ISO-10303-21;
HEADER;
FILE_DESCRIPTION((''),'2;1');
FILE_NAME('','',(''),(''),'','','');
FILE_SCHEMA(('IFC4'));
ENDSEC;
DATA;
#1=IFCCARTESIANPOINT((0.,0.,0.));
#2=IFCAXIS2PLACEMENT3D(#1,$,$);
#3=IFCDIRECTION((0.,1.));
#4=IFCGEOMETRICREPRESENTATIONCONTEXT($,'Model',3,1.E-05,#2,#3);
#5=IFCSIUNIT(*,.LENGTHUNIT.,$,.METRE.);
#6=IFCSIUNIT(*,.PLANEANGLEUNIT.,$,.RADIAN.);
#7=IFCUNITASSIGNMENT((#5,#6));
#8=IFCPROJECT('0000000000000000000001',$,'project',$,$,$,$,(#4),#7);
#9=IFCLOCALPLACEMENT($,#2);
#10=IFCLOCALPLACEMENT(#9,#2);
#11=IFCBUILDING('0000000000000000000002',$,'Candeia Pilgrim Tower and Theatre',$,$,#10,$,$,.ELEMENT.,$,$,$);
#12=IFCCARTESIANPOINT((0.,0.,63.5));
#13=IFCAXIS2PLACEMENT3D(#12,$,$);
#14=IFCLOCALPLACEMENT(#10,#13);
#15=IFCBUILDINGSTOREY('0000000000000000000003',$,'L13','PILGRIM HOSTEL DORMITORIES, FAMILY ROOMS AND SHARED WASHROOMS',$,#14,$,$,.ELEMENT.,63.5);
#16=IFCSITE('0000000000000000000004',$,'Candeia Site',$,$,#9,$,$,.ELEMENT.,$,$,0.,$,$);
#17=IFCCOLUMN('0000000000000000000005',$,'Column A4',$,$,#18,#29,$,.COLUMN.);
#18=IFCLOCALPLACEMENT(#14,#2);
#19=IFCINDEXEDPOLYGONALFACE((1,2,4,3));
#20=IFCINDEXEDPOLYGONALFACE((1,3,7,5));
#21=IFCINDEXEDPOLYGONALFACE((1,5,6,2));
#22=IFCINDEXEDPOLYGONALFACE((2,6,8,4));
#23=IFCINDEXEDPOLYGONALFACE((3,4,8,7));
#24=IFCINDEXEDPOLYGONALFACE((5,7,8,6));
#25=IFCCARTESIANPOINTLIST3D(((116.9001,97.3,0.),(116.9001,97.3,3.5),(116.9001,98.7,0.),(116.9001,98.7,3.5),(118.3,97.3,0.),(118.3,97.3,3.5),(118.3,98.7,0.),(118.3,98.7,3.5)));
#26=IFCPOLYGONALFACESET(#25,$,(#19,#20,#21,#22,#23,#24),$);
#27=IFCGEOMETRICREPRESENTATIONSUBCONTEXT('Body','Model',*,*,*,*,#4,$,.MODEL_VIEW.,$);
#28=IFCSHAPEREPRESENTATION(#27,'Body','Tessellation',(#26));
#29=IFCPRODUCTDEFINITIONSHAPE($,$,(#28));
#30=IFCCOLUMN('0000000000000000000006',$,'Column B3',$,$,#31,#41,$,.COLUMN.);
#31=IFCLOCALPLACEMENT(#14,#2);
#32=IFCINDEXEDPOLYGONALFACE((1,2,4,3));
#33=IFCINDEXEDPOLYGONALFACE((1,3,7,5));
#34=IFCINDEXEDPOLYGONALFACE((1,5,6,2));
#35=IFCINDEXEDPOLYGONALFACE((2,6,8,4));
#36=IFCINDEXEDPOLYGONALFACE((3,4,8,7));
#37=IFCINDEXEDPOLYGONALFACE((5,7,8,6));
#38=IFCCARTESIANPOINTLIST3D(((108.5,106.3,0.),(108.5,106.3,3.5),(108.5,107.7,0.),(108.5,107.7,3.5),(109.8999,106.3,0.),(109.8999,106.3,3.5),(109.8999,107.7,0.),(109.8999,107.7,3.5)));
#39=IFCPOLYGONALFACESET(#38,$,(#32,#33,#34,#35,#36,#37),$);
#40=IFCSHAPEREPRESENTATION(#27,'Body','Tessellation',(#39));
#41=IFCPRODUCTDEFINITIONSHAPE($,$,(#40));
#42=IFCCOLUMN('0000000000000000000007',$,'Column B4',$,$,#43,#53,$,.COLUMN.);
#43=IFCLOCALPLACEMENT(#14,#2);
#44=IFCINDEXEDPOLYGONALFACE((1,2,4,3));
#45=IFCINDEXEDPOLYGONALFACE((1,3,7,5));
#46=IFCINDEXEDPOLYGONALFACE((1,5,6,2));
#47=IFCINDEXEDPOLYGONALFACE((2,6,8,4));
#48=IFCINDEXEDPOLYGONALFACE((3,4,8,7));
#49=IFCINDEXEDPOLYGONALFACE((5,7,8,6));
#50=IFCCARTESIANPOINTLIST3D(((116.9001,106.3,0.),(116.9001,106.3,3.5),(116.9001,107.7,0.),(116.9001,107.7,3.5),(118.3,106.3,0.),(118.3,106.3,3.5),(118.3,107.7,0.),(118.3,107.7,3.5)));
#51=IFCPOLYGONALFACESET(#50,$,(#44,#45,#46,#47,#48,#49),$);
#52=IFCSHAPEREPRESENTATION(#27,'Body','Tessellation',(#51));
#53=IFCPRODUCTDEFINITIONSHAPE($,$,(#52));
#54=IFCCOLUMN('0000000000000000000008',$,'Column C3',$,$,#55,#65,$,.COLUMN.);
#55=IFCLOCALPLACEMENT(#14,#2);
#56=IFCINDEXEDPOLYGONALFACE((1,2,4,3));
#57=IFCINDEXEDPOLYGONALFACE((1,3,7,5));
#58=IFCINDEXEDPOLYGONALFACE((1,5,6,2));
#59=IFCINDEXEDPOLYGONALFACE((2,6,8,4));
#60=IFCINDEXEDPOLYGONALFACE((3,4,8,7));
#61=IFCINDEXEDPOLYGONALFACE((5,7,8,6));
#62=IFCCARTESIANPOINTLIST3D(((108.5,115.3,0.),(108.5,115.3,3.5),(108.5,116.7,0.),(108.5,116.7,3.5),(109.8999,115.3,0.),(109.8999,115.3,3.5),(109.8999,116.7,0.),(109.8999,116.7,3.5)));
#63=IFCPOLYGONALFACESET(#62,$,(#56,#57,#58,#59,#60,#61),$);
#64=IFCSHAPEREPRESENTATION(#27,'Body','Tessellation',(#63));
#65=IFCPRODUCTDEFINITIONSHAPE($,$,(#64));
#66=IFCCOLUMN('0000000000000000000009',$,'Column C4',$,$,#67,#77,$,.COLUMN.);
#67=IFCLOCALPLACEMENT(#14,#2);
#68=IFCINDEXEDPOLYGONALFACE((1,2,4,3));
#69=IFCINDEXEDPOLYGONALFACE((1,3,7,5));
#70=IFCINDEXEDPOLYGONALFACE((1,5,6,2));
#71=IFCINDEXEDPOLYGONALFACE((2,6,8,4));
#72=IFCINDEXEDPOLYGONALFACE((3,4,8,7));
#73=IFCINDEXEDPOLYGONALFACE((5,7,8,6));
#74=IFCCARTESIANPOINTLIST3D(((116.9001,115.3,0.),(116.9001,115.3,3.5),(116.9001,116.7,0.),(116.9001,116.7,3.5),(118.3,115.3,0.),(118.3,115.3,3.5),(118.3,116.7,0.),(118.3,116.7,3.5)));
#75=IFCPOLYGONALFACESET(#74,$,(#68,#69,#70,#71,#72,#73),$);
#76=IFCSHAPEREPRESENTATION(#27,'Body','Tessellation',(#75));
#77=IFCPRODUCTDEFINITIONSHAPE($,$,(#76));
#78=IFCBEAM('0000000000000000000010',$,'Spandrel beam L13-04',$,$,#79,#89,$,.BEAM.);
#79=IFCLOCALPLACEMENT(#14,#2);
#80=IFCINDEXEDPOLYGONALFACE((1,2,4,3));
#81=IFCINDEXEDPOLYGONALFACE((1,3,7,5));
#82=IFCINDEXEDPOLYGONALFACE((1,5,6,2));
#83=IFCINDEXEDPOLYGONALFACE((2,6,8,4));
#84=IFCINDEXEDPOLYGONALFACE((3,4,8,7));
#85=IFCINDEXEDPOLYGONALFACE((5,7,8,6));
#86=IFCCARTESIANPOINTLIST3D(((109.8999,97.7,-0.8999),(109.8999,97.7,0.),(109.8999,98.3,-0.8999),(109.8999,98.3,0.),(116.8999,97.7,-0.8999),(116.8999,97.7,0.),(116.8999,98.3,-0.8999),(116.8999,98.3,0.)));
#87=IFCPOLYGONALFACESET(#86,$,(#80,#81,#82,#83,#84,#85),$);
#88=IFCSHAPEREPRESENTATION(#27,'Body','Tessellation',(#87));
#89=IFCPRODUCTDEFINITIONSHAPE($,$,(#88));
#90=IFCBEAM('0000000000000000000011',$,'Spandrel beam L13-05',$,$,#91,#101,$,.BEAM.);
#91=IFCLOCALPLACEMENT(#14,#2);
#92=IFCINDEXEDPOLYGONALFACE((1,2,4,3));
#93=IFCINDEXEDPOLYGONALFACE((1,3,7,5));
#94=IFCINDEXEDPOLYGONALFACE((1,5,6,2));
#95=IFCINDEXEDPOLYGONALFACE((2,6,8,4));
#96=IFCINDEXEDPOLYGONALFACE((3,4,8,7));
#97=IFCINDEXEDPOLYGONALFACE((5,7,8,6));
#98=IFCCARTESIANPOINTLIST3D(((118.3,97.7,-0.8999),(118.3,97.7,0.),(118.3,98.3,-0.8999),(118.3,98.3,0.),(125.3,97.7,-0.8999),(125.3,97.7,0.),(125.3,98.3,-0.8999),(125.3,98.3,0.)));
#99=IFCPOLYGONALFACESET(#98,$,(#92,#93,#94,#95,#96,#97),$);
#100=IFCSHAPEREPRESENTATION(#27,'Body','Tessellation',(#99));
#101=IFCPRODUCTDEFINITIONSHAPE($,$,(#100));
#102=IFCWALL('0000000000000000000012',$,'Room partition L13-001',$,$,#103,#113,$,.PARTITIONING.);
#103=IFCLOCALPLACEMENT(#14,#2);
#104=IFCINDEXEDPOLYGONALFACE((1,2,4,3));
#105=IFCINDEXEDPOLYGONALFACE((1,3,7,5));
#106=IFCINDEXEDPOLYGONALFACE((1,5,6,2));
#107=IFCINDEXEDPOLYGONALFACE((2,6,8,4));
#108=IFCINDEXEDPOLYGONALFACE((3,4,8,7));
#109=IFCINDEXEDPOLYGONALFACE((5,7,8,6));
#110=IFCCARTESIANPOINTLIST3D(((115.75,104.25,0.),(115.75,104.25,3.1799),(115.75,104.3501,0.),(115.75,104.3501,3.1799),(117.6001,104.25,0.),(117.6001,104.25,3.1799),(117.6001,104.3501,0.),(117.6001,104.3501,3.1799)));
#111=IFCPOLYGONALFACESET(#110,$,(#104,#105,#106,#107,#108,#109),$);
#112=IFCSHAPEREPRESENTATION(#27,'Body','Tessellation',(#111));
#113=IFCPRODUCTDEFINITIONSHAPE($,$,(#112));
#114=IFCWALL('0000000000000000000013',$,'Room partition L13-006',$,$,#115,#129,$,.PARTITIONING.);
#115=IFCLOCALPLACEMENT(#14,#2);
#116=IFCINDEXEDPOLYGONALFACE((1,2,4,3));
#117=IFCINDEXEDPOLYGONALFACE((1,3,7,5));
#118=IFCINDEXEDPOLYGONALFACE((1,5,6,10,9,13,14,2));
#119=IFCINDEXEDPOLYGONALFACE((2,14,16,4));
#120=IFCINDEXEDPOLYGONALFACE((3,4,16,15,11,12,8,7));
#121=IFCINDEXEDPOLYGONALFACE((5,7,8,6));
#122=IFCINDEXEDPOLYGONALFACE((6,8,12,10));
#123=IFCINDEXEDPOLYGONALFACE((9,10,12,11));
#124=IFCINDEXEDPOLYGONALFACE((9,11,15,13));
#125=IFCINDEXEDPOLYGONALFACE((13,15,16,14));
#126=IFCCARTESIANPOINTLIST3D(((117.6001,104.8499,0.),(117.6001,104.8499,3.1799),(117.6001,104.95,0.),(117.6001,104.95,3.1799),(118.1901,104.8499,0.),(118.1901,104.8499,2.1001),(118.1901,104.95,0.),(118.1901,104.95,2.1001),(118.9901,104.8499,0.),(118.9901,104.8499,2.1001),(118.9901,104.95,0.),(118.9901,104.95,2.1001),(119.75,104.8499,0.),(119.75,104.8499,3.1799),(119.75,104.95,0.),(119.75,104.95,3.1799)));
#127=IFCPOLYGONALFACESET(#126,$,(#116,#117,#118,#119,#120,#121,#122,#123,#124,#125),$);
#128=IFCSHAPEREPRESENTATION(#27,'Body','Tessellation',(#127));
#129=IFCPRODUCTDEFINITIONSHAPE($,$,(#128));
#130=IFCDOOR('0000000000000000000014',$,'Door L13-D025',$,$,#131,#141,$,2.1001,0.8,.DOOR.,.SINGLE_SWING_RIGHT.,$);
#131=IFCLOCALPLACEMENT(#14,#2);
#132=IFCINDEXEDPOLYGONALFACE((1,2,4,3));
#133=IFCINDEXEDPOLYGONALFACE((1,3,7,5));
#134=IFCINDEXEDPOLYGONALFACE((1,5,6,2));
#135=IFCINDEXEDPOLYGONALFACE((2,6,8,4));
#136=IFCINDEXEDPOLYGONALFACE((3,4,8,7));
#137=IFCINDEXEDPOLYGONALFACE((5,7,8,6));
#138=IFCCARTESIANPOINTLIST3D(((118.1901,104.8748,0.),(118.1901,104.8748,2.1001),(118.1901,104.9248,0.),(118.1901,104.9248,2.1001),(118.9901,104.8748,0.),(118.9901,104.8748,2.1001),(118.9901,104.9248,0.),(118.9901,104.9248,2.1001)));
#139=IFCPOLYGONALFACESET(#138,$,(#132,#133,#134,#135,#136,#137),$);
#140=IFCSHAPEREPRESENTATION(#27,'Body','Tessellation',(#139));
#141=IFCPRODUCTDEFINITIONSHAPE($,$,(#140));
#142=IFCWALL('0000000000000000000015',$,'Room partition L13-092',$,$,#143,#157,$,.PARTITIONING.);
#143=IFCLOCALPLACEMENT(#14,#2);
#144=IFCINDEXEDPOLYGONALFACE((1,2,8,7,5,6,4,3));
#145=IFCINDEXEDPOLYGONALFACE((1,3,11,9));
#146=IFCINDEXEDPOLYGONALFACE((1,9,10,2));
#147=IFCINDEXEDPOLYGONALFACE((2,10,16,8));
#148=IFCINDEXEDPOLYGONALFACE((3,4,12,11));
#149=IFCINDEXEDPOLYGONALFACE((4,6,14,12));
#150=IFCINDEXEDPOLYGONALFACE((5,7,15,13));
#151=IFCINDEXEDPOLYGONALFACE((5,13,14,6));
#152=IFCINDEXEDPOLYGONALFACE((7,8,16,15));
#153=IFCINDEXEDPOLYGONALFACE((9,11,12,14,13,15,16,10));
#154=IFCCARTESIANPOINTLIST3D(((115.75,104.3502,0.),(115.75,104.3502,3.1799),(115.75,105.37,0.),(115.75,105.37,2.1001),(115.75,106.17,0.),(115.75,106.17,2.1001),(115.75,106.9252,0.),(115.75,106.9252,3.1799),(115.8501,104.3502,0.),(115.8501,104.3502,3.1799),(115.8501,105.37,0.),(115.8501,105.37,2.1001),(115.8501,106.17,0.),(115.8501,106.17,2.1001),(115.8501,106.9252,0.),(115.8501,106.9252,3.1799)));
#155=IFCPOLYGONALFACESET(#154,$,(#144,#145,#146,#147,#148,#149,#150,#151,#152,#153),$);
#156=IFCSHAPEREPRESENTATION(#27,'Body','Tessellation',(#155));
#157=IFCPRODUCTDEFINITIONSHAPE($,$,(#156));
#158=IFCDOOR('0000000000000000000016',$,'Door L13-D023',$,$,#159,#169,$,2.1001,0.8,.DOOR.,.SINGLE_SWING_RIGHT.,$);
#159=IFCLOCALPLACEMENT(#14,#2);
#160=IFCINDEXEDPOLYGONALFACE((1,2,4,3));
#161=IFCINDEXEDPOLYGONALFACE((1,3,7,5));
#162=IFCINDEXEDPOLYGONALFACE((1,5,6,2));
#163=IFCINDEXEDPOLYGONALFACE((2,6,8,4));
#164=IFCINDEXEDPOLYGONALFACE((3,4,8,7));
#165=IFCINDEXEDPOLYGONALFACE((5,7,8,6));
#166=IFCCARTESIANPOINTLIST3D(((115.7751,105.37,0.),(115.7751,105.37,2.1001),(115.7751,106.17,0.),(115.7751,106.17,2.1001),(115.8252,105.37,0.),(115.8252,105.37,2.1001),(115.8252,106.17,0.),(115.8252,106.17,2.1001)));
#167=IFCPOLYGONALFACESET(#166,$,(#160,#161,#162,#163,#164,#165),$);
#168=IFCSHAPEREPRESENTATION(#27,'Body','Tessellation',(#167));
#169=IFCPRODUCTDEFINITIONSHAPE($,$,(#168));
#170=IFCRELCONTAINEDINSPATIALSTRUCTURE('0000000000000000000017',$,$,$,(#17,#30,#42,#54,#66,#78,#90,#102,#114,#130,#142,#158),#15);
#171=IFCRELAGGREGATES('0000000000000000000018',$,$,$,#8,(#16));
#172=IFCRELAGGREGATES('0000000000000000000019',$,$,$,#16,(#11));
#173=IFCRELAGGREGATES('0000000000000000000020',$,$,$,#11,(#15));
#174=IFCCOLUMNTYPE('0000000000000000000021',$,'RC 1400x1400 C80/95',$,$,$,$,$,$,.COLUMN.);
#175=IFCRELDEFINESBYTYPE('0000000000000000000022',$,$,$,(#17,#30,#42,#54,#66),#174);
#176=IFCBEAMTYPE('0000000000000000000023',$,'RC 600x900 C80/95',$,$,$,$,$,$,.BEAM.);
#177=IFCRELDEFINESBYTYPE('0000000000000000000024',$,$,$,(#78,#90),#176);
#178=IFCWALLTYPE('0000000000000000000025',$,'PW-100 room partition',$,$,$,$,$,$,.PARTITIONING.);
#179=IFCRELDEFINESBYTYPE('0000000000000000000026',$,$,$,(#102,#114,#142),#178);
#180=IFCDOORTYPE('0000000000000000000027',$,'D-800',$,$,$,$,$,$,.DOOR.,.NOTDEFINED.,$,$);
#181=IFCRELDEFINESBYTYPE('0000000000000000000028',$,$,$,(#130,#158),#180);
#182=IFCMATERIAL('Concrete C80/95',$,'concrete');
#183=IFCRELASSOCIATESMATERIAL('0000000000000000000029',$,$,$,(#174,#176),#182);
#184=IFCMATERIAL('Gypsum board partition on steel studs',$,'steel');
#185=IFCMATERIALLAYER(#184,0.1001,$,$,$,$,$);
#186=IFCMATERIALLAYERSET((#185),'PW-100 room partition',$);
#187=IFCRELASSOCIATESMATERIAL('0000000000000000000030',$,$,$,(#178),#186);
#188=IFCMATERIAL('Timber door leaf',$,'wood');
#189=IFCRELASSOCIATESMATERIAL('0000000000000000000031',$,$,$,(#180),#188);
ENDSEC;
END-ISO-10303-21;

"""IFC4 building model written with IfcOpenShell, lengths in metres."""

from ifc_helpers import new_model, si_unit, direction, frame, frame_2d, origin, origin_2d, place, context, subcontext, project, spatial, rectangle, extrude, material, layer, layer_set, material_profile, profile_set, type_object, element, fill, save


model = new_model("IFC4")

# Units and contexts
model_context = context("Model", 3, precision=1e-05, world=origin(), true_north=direction((0.0, 1.0)))
body_context = subcontext(model_context, "Body", "Model", "MODEL_VIEW")
ifc_project = project(units=[si_unit("LENGTHUNIT", "METRE"), si_unit("PLANEANGLEUNIT", "RADIAN")], contexts=[model_context])

# Site, building, storey
site_placement = place(None, origin())
site = spatial("IfcSite", under=ifc_project, at=site_placement, Name="Candeia Site", CompositionType="ELEMENT", RefElevation=0.0)
building_placement = place(site_placement, origin())
building = spatial("IfcBuilding", under=site, at=building_placement, Name="Candeia Pilgrim Tower and Theatre", CompositionType="ELEMENT")
storey_placement = place(building_placement, frame((0.0, 0.0, 63.5)))
storey = spatial("IfcBuildingStorey", under=building, at=storey_placement, Name="L13", Description="PILGRIM HOSTEL DORMITORIES, FAMILY ROOMS AND SHARED WASHROOMS", CompositionType="ELEMENT", Elevation=63.5)

# Columns
ifc_material_1 = material(Name="Concrete C80/95", Category="concrete")
ifc_material_profile_1 = material_profile(ifc_material_1, rectangle(XDim=1.3999, YDim=1.3999, at=origin_2d()))
ifc_profile_set_1 = profile_set([ifc_material_profile_1], Name="Concrete C80/95")
column_type = type_object("IfcColumnType", Name="RC 1400x1400 C80/95", PredefinedType="COLUMN", material=ifc_profile_set_1)
for number, where, z_axis, x_axis, name in (
    (1, (117.6001, 98.0, 0.0), (0.0, 0.0, 1.0), (1.0, 0.0, 0.0), "Column A4"),
    (2, (109.2, 107.0, 0.0), (0.0, 0.0, 1.0), (1.0, 0.0, 0.0), "Column B3"),
    (3, (117.6001, 107.0, 0.0), (0.0, 0.0, 1.0), (1.0, 0.0, 0.0), "Column B4"),
    (4, (109.2, 116.0, 0.0), (0.0, 0.0, 1.0), (1.0, 0.0, 0.0), "Column C3"),
    (5, (117.6001, 116.0, 0.0), (0.0, 0.0, 1.0), (1.0, 0.0, 0.0), "Column C4"),
):
    element("IfcColumn", number, at=place(storey_placement, frame(where, z_axis=z_axis, x_axis=x_axis)), inside=storey, type_object=column_type, Name=name, PredefinedType="COLUMN", context=body_context, shape_type="SweptSolid", body=[
        extrude(rectangle(XDim=1.3999, YDim=1.3999, at=origin_2d()), origin(), (0.0, 0.0, 1.0), 3.5),
    ])

# Beams
ifc_material_profile_2 = material_profile(ifc_material_1, rectangle(XDim=0.6001, YDim=0.8999, at=origin_2d()))
ifc_profile_set_2 = profile_set([ifc_material_profile_2], Name="Concrete C80/95")
beam_type = type_object("IfcBeamType", Name="RC 600x900 C80/95", PredefinedType="BEAM", material=ifc_profile_set_2)
for number, where, z_axis, x_axis, name in (
    (6, (109.8999, 98.0, -0.45), (1.0, 0.0, 0.0), (0.0, 1.0, 0.0), "Spandrel beam L13-04"),
    (7, (118.3, 98.0, -0.45), (1.0, 0.0, 0.0), (0.0, 1.0, 0.0), "Spandrel beam L13-05"),
):
    element("IfcBeam", number, at=place(storey_placement, frame(where, z_axis=z_axis, x_axis=x_axis)), inside=storey, type_object=beam_type, Name=name, PredefinedType="BEAM", context=body_context, shape_type="SweptSolid", body=[
        extrude(rectangle(XDim=0.6001, YDim=0.8999, at=origin_2d()), origin(), (0.0, 0.0, 1.0), 7.0),
    ])

# Wall
ifc_material_2 = material(Name="Gypsum board partition on steel studs", Category="steel")
ifc_layer_1 = layer(ifc_material_2, 0.1001)
ifc_layer_set_1 = layer_set([ifc_layer_1], Name="PW-100 room partition")
wall_type_1 = type_object("IfcWallType", Name="PW-100 room partition", PredefinedType="PARTITIONING", material=ifc_layer_set_1)
wall_1_placement = place(storey_placement, frame((115.75, 104.3, 0.0), z_axis=(0.0, 0.0, 1.0), x_axis=(1.0, 0.0, 0.0)))
element("IfcWall", 8, at=wall_1_placement, inside=storey, type_object=wall_type_1, Name="Room partition L13-001", PredefinedType="PARTITIONING", context=body_context, shape_type="SweptSolid", body=[
    extrude(rectangle(XDim=1.8501, YDim=0.1001, at=frame_2d((0.925, 0.0))), origin(), (0.0, 0.0, 1.0), 3.1799),
])

# Walls, openings, doors
wall_2_placement = place(storey_placement, frame((117.6001, 104.8999, 0.0), z_axis=(0.0, 0.0, 1.0), x_axis=(1.0, 0.0, 0.0)))
wall_2 = element("IfcWall", 9, at=wall_2_placement, inside=storey, type_object=wall_type_1, Name="Room partition L13-006", PredefinedType="PARTITIONING", context=body_context, shape_type="SweptSolid", body=[
    extrude(rectangle(XDim=2.1499, YDim=0.1001, at=frame_2d((1.075, 0.0))), origin(), (0.0, 0.0, 1.0), 3.1799),
])
opening_1_placement = place(wall_2_placement, frame((0.5901, 0.0, 0.0)))
opening_1 = element("IfcOpeningElement", 10, at=opening_1_placement, cuts=wall_2, PredefinedType="OPENING", context=body_context, shape_type="SweptSolid", body=[
    extrude(rectangle(XDim=0.8, YDim=2.1001, at=frame_2d((0.3999, 1.05))), frame((0.0, 0.0601, 0.0), z_axis=(0.0, -1.0, 0.0), x_axis=(1.0, 0.0, 0.0)), (0.0, 0.0, 1.0), 0.1201),
])
ifc_material_3 = material(Name="Timber door leaf", Category="wood")
door_type_1 = type_object("IfcDoorType", Name="D-800", OperationType="NOTDEFINED", PredefinedType="DOOR", material=ifc_material_3)
door_1_placement = place(opening_1_placement, origin())
door_1 = element("IfcDoor", 11, at=door_1_placement, inside=storey, type_object=door_type_1, Name="Door L13-D025", OperationType="SINGLE_SWING_RIGHT", OverallHeight=2.1001, OverallWidth=0.8, PredefinedType="DOOR", context=body_context, shape_type="SweptSolid", body=[
    extrude(rectangle(XDim=0.8, YDim=2.1001, at=frame_2d((0.3999, 1.05))), frame((0.0, 0.0249, 0.0), z_axis=(0.0, -1.0, 0.0), x_axis=(1.0, 0.0, 0.0)), (0.0, 0.0, 1.0), 0.05),
])
fill(opening_1, door_1)
wall_3_placement = place(storey_placement, frame((115.8, 104.3501, 0.0), z_axis=(0.0, 0.0, 1.0), x_axis=(0.0, 1.0, 0.0)))
wall_3 = element("IfcWall", 12, at=wall_3_placement, inside=storey, type_object=wall_type_1, Name="Room partition L13-092", PredefinedType="PARTITIONING", context=body_context, shape_type="SweptSolid", body=[
    extrude(rectangle(XDim=2.575, YDim=0.1001, at=frame_2d((1.2876, 0.0))), origin(), (0.0, 0.0, 1.0), 3.1799),
])
opening_2_placement = place(wall_3_placement, frame((1.02, 0.0, 0.0)))
opening_2 = element("IfcOpeningElement", 13, at=opening_2_placement, cuts=wall_3, PredefinedType="OPENING", context=body_context, shape_type="SweptSolid", body=[
    extrude(rectangle(XDim=0.8, YDim=2.1001, at=frame_2d((0.3999, 1.05))), frame((0.0, 0.0601, 0.0), z_axis=(0.0, -1.0, 0.0), x_axis=(1.0, 0.0, 0.0)), (0.0, 0.0, 1.0), 0.1201),
])
door_2_placement = place(opening_2_placement, origin())
door_2 = element("IfcDoor", 14, at=door_2_placement, inside=storey, type_object=door_type_1, Name="Door L13-D023", OperationType="SINGLE_SWING_RIGHT", OverallHeight=2.1001, OverallWidth=0.8, PredefinedType="DOOR", context=body_context, shape_type="SweptSolid", body=[
    extrude(rectangle(XDim=0.8, YDim=2.1001, at=frame_2d((0.3999, 1.05))), frame((0.0, 0.0249, 0.0), z_axis=(0.0, -1.0, 0.0), x_axis=(1.0, 0.0, 0.0)), (0.0, 0.0, 1.0), 0.05),
])
fill(opening_2, door_2)

save(model, "model.ifc")
